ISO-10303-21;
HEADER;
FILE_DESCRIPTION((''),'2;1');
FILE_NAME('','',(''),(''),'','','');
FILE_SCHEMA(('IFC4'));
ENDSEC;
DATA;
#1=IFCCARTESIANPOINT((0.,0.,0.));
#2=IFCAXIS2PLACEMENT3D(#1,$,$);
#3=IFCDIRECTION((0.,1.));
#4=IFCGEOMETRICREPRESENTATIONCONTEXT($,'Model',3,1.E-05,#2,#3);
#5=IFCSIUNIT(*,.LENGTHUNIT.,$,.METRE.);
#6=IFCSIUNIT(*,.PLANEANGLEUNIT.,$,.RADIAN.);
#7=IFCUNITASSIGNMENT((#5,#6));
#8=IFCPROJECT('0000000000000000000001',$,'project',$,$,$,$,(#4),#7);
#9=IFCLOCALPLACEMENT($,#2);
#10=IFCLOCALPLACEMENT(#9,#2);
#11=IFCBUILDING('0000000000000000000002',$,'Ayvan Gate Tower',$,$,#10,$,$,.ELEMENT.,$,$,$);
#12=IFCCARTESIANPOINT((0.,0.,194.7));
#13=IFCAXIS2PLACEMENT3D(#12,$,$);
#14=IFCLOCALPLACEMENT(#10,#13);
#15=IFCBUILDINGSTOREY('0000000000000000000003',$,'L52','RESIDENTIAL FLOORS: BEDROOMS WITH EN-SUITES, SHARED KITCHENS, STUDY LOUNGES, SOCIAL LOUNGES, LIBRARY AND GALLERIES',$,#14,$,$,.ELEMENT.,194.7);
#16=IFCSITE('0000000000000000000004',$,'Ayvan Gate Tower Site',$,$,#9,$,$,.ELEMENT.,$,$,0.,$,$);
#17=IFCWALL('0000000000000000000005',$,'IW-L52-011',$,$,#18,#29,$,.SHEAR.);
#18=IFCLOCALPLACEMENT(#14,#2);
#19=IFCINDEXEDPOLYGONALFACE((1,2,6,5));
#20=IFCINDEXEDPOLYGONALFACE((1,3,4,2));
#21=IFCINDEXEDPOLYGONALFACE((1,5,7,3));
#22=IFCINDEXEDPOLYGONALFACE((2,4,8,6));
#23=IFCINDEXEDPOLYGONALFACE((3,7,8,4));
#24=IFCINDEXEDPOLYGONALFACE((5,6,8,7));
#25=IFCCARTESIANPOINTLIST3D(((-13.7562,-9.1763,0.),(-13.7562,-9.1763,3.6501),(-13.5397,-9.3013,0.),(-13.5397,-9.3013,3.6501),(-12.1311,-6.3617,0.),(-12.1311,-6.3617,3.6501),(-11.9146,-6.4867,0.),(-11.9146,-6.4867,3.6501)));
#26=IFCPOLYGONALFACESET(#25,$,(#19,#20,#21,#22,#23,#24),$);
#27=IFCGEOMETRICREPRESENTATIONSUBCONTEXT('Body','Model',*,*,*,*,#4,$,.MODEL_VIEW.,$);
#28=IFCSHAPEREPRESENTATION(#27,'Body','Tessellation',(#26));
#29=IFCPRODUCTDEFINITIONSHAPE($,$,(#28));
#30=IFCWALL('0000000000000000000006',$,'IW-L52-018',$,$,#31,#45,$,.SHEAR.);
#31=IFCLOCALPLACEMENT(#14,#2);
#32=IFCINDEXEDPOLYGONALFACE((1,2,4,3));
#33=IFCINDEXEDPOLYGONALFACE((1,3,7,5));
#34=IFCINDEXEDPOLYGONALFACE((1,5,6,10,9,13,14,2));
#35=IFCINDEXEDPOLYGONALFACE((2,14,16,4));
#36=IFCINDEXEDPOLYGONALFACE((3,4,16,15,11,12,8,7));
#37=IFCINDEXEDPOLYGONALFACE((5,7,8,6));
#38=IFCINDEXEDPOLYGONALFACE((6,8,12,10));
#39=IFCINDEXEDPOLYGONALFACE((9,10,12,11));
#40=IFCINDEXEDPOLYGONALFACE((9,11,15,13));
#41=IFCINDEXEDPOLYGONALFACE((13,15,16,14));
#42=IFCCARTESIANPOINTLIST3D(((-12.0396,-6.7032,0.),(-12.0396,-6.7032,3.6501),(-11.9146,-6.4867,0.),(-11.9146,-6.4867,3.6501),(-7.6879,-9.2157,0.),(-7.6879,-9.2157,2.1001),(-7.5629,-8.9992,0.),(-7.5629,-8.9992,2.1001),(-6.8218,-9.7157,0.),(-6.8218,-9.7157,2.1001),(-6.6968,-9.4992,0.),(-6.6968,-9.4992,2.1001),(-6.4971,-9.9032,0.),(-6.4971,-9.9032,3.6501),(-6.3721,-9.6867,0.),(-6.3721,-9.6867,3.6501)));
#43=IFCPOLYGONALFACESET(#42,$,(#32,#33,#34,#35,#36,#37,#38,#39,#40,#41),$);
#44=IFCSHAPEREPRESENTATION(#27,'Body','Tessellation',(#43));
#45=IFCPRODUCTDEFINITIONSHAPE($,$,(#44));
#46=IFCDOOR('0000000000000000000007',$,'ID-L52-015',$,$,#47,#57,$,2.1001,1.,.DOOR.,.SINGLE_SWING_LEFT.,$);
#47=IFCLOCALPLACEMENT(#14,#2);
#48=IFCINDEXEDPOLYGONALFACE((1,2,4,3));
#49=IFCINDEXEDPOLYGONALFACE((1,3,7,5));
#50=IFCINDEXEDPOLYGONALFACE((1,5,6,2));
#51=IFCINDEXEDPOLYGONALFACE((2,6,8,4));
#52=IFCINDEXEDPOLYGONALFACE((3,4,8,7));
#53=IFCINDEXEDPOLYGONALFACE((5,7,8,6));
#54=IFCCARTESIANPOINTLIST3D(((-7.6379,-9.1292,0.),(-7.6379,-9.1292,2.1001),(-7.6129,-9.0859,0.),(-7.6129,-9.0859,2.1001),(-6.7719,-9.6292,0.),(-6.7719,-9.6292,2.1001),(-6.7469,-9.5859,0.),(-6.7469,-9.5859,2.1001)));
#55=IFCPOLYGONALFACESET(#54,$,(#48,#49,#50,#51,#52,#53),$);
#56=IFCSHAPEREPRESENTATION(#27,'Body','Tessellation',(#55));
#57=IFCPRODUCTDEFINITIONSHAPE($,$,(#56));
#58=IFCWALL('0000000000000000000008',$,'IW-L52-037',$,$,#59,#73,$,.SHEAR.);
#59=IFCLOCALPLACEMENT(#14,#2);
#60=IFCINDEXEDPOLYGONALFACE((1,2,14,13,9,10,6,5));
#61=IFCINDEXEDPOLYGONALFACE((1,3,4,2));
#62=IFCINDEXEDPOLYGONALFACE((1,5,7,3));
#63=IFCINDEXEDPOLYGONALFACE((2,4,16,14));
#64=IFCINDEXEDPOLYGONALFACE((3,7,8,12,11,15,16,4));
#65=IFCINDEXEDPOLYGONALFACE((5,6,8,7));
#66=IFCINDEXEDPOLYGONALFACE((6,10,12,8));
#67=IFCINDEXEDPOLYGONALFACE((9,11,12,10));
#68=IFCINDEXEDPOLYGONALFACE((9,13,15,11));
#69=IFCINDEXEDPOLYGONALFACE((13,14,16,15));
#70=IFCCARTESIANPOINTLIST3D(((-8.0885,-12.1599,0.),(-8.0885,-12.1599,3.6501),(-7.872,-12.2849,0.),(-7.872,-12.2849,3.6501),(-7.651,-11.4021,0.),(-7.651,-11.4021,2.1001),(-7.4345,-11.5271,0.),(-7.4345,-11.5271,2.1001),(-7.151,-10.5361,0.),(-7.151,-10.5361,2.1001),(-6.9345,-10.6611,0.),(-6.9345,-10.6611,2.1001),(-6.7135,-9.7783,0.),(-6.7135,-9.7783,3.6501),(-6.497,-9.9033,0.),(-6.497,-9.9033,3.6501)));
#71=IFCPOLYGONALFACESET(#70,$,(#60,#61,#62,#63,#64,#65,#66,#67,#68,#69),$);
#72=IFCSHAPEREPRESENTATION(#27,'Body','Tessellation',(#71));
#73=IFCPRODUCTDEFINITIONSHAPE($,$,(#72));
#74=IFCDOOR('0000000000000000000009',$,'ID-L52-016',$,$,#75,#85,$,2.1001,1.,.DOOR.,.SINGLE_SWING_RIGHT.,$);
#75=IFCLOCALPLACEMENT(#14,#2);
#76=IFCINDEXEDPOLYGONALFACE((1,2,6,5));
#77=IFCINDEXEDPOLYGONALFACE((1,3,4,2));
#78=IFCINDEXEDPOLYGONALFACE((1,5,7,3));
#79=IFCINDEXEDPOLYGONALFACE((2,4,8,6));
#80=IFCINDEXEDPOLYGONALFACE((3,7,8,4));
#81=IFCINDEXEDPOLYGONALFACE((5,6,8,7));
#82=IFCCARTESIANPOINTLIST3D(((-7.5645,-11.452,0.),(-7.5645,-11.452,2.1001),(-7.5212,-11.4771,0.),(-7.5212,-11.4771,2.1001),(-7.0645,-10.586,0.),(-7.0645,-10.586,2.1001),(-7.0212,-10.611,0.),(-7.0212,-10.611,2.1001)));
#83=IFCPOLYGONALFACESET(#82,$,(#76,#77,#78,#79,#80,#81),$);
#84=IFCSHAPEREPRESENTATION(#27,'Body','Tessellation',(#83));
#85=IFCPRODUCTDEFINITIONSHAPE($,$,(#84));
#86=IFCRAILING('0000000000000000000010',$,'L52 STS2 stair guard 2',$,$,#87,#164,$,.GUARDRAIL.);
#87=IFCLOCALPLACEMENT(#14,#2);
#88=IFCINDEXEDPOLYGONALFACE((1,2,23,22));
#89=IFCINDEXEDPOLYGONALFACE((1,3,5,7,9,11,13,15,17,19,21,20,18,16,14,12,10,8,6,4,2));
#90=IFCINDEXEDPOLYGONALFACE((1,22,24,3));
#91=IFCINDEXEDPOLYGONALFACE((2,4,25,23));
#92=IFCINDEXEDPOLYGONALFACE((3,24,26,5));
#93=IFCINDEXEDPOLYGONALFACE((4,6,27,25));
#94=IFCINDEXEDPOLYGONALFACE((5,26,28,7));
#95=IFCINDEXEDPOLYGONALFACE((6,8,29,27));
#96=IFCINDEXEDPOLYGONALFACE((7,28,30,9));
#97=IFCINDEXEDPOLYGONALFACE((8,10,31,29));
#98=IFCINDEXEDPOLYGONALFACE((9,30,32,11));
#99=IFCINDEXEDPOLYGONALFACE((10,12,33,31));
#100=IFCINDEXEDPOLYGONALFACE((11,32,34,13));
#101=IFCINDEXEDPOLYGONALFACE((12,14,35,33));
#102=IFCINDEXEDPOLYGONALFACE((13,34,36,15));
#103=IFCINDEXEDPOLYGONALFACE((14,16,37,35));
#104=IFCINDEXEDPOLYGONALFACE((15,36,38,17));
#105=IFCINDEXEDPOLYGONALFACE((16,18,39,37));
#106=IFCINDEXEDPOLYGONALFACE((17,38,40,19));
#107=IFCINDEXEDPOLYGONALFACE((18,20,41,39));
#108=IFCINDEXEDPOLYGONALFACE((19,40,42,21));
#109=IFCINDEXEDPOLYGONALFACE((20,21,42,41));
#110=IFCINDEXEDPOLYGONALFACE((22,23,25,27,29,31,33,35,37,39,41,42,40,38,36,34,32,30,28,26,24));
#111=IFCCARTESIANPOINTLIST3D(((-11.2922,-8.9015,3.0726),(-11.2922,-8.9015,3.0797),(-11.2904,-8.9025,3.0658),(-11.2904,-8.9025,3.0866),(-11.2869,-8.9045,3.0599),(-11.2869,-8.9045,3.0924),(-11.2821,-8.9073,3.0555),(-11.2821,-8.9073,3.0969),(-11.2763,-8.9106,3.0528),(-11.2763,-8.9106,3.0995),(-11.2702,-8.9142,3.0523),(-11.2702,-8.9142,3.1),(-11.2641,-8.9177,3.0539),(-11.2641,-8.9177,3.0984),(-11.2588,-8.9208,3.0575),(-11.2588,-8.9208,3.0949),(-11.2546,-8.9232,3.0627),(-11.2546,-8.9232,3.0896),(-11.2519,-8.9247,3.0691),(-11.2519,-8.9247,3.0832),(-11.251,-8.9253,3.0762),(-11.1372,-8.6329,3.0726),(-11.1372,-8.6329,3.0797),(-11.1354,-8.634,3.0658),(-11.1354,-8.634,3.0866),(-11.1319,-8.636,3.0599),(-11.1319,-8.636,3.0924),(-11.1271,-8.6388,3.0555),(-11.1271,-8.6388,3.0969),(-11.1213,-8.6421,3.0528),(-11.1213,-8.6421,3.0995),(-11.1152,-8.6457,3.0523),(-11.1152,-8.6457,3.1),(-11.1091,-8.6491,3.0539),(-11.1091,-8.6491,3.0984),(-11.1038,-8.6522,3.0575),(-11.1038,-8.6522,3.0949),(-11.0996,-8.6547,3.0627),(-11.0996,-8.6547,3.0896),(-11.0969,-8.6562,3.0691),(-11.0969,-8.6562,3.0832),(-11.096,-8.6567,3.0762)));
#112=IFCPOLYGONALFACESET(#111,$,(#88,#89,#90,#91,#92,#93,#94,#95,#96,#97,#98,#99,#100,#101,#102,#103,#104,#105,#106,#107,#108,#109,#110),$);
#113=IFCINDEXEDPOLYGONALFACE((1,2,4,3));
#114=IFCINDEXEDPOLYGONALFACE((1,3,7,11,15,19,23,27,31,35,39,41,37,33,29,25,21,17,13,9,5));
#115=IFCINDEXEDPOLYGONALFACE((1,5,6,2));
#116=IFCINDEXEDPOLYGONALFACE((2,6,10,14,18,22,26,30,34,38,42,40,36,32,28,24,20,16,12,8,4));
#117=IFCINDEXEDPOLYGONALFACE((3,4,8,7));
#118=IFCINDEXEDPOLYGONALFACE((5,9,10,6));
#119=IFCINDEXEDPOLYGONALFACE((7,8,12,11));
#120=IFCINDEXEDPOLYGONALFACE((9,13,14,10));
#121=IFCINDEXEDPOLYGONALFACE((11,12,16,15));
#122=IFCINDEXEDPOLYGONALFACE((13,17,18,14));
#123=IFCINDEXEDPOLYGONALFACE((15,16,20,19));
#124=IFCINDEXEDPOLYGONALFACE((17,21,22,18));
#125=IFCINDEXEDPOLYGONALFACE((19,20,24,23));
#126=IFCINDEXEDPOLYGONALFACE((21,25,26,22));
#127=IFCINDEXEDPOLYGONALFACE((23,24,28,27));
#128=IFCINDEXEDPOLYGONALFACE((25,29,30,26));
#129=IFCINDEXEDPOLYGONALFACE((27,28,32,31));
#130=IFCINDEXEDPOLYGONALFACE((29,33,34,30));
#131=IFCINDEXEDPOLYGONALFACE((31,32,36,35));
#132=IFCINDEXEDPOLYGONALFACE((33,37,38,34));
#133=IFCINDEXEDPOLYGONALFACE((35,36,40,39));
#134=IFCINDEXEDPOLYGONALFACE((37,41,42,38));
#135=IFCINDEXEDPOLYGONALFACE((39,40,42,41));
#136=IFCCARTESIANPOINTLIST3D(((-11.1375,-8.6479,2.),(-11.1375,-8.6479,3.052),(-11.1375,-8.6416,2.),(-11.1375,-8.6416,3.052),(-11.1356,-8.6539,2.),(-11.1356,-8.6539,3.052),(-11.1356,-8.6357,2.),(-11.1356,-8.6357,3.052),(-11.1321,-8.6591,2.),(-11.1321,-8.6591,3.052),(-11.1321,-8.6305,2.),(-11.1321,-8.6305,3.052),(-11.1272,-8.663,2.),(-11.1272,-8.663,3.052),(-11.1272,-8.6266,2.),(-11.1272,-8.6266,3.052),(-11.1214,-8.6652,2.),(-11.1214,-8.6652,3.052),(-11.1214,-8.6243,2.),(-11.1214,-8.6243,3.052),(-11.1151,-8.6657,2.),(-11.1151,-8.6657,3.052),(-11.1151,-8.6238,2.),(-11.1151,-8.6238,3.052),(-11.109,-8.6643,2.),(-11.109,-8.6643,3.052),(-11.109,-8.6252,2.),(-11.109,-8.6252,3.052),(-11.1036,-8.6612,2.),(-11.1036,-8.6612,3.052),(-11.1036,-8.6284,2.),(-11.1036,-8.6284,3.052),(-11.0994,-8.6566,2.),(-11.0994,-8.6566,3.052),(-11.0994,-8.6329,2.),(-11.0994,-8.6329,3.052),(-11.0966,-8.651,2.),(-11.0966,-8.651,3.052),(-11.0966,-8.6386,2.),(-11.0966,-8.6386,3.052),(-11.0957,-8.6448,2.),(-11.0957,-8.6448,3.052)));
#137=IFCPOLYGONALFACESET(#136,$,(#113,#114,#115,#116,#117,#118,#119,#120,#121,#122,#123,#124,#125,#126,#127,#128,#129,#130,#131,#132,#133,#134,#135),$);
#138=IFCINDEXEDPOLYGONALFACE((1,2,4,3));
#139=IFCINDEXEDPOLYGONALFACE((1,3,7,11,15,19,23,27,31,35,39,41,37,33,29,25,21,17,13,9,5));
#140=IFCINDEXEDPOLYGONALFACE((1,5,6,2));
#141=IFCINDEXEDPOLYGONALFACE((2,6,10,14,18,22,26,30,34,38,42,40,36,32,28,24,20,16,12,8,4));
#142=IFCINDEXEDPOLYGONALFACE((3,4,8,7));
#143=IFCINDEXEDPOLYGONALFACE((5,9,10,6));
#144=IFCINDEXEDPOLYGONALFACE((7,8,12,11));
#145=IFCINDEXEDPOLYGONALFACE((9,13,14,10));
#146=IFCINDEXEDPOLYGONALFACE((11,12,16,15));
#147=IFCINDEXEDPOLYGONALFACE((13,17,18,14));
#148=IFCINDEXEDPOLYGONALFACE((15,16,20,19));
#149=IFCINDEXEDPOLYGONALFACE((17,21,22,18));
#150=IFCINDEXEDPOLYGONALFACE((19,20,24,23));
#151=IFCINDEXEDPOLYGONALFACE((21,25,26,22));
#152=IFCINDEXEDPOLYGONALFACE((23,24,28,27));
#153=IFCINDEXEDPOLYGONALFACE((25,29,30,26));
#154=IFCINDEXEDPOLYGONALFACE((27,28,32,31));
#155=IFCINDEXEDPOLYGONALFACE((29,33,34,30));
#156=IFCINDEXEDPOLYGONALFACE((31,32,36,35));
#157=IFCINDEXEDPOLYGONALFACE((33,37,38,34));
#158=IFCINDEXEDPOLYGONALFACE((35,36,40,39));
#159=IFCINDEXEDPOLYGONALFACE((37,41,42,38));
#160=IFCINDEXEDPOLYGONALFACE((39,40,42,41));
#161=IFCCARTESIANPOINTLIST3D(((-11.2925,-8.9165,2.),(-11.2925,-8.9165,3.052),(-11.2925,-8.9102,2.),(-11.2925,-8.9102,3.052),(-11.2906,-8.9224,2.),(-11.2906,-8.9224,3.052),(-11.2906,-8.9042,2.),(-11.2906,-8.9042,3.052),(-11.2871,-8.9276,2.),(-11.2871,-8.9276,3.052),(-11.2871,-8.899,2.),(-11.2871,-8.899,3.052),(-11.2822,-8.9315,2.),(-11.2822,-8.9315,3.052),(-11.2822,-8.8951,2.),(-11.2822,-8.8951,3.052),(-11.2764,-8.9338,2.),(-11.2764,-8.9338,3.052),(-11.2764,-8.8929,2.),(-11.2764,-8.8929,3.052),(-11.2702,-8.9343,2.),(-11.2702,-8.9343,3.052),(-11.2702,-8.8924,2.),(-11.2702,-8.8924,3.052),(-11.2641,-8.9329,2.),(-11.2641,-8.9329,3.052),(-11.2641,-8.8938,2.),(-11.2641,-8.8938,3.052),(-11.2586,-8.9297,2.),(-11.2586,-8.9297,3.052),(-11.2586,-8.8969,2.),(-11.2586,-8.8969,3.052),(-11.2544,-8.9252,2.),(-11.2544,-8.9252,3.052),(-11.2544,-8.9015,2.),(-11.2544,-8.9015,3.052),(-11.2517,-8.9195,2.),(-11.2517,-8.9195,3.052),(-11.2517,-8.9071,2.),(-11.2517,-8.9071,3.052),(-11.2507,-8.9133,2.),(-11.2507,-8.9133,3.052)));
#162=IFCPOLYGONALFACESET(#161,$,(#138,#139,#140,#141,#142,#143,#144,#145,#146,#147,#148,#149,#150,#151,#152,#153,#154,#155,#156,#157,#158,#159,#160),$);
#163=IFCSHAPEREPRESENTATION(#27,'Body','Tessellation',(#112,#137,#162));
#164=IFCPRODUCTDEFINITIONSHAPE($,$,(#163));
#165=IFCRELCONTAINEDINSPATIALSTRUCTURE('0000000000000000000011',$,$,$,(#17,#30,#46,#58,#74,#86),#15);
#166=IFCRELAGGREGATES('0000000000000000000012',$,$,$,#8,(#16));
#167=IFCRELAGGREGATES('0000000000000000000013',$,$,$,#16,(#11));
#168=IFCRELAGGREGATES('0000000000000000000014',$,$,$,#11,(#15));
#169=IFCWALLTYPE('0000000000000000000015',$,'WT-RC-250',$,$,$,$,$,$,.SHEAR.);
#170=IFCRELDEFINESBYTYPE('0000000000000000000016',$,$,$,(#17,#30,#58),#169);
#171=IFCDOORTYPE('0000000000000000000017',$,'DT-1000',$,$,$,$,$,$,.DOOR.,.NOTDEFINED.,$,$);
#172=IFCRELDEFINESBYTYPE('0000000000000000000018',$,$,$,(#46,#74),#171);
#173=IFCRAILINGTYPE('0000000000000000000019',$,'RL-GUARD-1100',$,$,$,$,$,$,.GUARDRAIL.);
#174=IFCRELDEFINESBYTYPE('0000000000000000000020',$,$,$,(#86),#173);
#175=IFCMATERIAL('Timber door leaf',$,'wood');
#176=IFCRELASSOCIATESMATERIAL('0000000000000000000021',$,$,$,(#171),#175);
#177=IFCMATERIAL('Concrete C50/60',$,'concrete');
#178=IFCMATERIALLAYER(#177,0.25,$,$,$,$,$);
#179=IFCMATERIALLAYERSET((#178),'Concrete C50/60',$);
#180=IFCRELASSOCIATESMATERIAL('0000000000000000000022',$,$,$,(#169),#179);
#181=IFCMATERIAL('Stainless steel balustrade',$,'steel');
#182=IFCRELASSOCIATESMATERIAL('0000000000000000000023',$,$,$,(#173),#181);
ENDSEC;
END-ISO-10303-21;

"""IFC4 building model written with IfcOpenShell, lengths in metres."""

from ifc_helpers import new_model, si_unit, direction, frame, frame_2d, origin, origin_2d, place, context, subcontext, project, spatial, rectangle, circle, extrude, material, layer, layer_set, type_object, element, fill, save


model = new_model("IFC4")

# Units and contexts
model_context = context("Model", 3, precision=1e-05, world=origin(), true_north=direction((0.0, 1.0)))
body_context = subcontext(model_context, "Body", "Model", "MODEL_VIEW")
ifc_project = project(units=[si_unit("LENGTHUNIT", "METRE"), si_unit("PLANEANGLEUNIT", "RADIAN")], contexts=[model_context])

# Site, building, storey
site_placement = place(None, origin())
site = spatial("IfcSite", under=ifc_project, at=site_placement, Name="Ayvan Gate Tower Site", CompositionType="ELEMENT", RefElevation=0.0)
building_placement = place(site_placement, origin())
building = spatial("IfcBuilding", under=site, at=building_placement, Name="Ayvan Gate Tower", CompositionType="ELEMENT")
storey_placement = place(building_placement, frame((0.0, 0.0, 194.7)))
storey = spatial("IfcBuildingStorey", under=building, at=storey_placement, Name="L52", Description="RESIDENTIAL FLOORS: BEDROOMS WITH EN-SUITES, SHARED KITCHENS, STUDY LOUNGES, SOCIAL LOUNGES, LIBRARY AND GALLERIES", CompositionType="ELEMENT", Elevation=194.7)

# Shared definitions
ifc_material_1 = material(Name="Timber door leaf", Category="wood")

# Shared definitions
door_type_1 = type_object("IfcDoorType", Name="DT-1000", OperationType="NOTDEFINED", PredefinedType="DOOR", material=ifc_material_1)

# Wall
ifc_material_2 = material(Name="Concrete C50/60", Category="concrete")
ifc_layer_1 = layer(ifc_material_2, 0.25)
ifc_layer_set_1 = layer_set([ifc_layer_1], Name="Concrete C50/60")
wall_type_1 = type_object("IfcWallType", Name="WT-RC-250", PredefinedType="SHEAR", material=ifc_layer_set_1)
wall_1_placement = place(storey_placement, frame((-13.6479, -9.2388, 0.0), z_axis=(0.0, 0.0, 1.0), x_axis=(0.500017, 0.866015, 0.0)))
element("IfcWall", 1, at=wall_1_placement, inside=storey, type_object=wall_type_1, Name="IW-L52-011", PredefinedType="SHEAR", context=body_context, shape_type="SweptSolid", body=[
    extrude(rectangle(XDim=3.25, YDim=0.25, at=frame_2d((1.625, 0.0))), origin(), (0.0, 0.0, 1.0), 3.6501),
])

# Walls, openings, doors
wall_2_placement = place(storey_placement, frame((-11.9771, -6.595, 0.0), z_axis=(0.0, 0.0, 1.0), x_axis=(0.866025, -0.5, 0.0)))
wall_2 = element("IfcWall", 2, at=wall_2_placement, inside=storey, type_object=wall_type_1, Name="IW-L52-018", PredefinedType="SHEAR", context=body_context, shape_type="SweptSolid", body=[
    extrude(rectangle(XDim=6.3999, YDim=0.25, at=frame_2d((3.2, 0.0))), origin(), (0.0, 0.0, 1.0), 3.6501),
])
opening_1_placement = place(wall_2_placement, frame((5.0249, 0.0, 0.0)))
opening_1 = element("IfcOpeningElement", 3, at=opening_1_placement, cuts=wall_2, PredefinedType="OPENING", context=body_context, shape_type="SweptSolid", body=[
    extrude(rectangle(XDim=1.0, YDim=2.1001, at=frame_2d((0.5, 1.05))), frame((0.0, 0.135, 0.0), z_axis=(0.0, -1.0, 0.0), x_axis=(1.0, 0.0, 0.0)), (0.0, 0.0, 1.0), 0.27),
])
door_1_placement = place(opening_1_placement, origin())
door_1 = element("IfcDoor", 4, at=door_1_placement, inside=storey, type_object=door_type_1, Name="ID-L52-015", OperationType="SINGLE_SWING_LEFT", OverallHeight=2.1001, OverallWidth=1.0, PredefinedType="DOOR", context=body_context, shape_type="SweptSolid", body=[
    extrude(rectangle(XDim=1.0, YDim=2.1001, at=frame_2d((0.5, 1.05))), frame((0.0, 0.0249, 0.0), z_axis=(0.0, -1.0, 0.0), x_axis=(1.0, 0.0, 0.0)), (0.0, 0.0, 1.0), 0.05),
])
fill(opening_1, door_1)
wall_3_placement = place(storey_placement, frame((-6.6052, -9.8408, 0.0), z_axis=(0.0, 0.0, 1.0), x_axis=(-0.499997, -0.866027, 0.0)))
wall_3 = element("IfcWall", 5, at=wall_3_placement, inside=storey, type_object=wall_type_1, Name="IW-L52-037", PredefinedType="SHEAR", context=body_context, shape_type="SweptSolid", body=[
    extrude(rectangle(XDim=2.75, YDim=0.25, at=frame_2d((1.375, 0.0))), origin(), (0.0, 0.0, 1.0), 3.6501),
])
opening_2_placement = place(wall_3_placement, frame((0.875, 0.0, 0.0)))
opening_2 = element("IfcOpeningElement", 6, at=opening_2_placement, cuts=wall_3, PredefinedType="OPENING", context=body_context, shape_type="SweptSolid", body=[
    extrude(rectangle(XDim=1.0, YDim=2.1001, at=frame_2d((0.5, 1.05))), frame((0.0, 0.135, 0.0), z_axis=(0.0, -1.0, 0.0), x_axis=(1.0, 0.0, 0.0)), (0.0, 0.0, 1.0), 0.27),
])
door_2_placement = place(opening_2_placement, origin())
door_2 = element("IfcDoor", 7, at=door_2_placement, inside=storey, type_object=door_type_1, Name="ID-L52-016", OperationType="SINGLE_SWING_RIGHT", OverallHeight=2.1001, OverallWidth=1.0, PredefinedType="DOOR", context=body_context, shape_type="SweptSolid", body=[
    extrude(rectangle(XDim=1.0, YDim=2.1001, at=frame_2d((0.5, 1.05))), frame((0.0, 0.0249, 0.0), z_axis=(0.0, -1.0, 0.0), x_axis=(1.0, 0.0, 0.0)), (0.0, 0.0, 1.0), 0.05),
])
fill(opening_2, door_2)

# Railing
ifc_material_3 = material(Name="Stainless steel balustrade", Category="steel")
railing_type_1 = type_object("IfcRailingType", Name="RL-GUARD-1100", PredefinedType="GUARDRAIL", material=ifc_material_3)
railing_1_placement = place(storey_placement, frame((-11.1167, -8.6448, 2.0)))
element("IfcRailing", 8, at=railing_1_placement, inside=storey, type_object=railing_type_1, Name="L52 STS2 stair guard 2", PredefinedType="GUARDRAIL", context=body_context, shape_type="SweptSolid", body=[
    extrude(circle(Radius=0.0239, at=origin_2d()), frame((0.0, 0.0, 1.0762), z_axis=(-0.49995, -0.866054, 0.0), x_axis=(0.866054, -0.49995, 0.0)), (0.0, 0.0, 1.0), 0.3101),
    extrude(circle(Radius=0.021, at=origin_2d()), origin(), (0.0, 0.0, 1.0), 1.052),
    extrude(circle(Radius=0.021, at=origin_2d()), frame((-0.155, -0.2686, 0.0)), (0.0, 0.0, 1.0), 1.052),
])

save(model, "model.ifc")
